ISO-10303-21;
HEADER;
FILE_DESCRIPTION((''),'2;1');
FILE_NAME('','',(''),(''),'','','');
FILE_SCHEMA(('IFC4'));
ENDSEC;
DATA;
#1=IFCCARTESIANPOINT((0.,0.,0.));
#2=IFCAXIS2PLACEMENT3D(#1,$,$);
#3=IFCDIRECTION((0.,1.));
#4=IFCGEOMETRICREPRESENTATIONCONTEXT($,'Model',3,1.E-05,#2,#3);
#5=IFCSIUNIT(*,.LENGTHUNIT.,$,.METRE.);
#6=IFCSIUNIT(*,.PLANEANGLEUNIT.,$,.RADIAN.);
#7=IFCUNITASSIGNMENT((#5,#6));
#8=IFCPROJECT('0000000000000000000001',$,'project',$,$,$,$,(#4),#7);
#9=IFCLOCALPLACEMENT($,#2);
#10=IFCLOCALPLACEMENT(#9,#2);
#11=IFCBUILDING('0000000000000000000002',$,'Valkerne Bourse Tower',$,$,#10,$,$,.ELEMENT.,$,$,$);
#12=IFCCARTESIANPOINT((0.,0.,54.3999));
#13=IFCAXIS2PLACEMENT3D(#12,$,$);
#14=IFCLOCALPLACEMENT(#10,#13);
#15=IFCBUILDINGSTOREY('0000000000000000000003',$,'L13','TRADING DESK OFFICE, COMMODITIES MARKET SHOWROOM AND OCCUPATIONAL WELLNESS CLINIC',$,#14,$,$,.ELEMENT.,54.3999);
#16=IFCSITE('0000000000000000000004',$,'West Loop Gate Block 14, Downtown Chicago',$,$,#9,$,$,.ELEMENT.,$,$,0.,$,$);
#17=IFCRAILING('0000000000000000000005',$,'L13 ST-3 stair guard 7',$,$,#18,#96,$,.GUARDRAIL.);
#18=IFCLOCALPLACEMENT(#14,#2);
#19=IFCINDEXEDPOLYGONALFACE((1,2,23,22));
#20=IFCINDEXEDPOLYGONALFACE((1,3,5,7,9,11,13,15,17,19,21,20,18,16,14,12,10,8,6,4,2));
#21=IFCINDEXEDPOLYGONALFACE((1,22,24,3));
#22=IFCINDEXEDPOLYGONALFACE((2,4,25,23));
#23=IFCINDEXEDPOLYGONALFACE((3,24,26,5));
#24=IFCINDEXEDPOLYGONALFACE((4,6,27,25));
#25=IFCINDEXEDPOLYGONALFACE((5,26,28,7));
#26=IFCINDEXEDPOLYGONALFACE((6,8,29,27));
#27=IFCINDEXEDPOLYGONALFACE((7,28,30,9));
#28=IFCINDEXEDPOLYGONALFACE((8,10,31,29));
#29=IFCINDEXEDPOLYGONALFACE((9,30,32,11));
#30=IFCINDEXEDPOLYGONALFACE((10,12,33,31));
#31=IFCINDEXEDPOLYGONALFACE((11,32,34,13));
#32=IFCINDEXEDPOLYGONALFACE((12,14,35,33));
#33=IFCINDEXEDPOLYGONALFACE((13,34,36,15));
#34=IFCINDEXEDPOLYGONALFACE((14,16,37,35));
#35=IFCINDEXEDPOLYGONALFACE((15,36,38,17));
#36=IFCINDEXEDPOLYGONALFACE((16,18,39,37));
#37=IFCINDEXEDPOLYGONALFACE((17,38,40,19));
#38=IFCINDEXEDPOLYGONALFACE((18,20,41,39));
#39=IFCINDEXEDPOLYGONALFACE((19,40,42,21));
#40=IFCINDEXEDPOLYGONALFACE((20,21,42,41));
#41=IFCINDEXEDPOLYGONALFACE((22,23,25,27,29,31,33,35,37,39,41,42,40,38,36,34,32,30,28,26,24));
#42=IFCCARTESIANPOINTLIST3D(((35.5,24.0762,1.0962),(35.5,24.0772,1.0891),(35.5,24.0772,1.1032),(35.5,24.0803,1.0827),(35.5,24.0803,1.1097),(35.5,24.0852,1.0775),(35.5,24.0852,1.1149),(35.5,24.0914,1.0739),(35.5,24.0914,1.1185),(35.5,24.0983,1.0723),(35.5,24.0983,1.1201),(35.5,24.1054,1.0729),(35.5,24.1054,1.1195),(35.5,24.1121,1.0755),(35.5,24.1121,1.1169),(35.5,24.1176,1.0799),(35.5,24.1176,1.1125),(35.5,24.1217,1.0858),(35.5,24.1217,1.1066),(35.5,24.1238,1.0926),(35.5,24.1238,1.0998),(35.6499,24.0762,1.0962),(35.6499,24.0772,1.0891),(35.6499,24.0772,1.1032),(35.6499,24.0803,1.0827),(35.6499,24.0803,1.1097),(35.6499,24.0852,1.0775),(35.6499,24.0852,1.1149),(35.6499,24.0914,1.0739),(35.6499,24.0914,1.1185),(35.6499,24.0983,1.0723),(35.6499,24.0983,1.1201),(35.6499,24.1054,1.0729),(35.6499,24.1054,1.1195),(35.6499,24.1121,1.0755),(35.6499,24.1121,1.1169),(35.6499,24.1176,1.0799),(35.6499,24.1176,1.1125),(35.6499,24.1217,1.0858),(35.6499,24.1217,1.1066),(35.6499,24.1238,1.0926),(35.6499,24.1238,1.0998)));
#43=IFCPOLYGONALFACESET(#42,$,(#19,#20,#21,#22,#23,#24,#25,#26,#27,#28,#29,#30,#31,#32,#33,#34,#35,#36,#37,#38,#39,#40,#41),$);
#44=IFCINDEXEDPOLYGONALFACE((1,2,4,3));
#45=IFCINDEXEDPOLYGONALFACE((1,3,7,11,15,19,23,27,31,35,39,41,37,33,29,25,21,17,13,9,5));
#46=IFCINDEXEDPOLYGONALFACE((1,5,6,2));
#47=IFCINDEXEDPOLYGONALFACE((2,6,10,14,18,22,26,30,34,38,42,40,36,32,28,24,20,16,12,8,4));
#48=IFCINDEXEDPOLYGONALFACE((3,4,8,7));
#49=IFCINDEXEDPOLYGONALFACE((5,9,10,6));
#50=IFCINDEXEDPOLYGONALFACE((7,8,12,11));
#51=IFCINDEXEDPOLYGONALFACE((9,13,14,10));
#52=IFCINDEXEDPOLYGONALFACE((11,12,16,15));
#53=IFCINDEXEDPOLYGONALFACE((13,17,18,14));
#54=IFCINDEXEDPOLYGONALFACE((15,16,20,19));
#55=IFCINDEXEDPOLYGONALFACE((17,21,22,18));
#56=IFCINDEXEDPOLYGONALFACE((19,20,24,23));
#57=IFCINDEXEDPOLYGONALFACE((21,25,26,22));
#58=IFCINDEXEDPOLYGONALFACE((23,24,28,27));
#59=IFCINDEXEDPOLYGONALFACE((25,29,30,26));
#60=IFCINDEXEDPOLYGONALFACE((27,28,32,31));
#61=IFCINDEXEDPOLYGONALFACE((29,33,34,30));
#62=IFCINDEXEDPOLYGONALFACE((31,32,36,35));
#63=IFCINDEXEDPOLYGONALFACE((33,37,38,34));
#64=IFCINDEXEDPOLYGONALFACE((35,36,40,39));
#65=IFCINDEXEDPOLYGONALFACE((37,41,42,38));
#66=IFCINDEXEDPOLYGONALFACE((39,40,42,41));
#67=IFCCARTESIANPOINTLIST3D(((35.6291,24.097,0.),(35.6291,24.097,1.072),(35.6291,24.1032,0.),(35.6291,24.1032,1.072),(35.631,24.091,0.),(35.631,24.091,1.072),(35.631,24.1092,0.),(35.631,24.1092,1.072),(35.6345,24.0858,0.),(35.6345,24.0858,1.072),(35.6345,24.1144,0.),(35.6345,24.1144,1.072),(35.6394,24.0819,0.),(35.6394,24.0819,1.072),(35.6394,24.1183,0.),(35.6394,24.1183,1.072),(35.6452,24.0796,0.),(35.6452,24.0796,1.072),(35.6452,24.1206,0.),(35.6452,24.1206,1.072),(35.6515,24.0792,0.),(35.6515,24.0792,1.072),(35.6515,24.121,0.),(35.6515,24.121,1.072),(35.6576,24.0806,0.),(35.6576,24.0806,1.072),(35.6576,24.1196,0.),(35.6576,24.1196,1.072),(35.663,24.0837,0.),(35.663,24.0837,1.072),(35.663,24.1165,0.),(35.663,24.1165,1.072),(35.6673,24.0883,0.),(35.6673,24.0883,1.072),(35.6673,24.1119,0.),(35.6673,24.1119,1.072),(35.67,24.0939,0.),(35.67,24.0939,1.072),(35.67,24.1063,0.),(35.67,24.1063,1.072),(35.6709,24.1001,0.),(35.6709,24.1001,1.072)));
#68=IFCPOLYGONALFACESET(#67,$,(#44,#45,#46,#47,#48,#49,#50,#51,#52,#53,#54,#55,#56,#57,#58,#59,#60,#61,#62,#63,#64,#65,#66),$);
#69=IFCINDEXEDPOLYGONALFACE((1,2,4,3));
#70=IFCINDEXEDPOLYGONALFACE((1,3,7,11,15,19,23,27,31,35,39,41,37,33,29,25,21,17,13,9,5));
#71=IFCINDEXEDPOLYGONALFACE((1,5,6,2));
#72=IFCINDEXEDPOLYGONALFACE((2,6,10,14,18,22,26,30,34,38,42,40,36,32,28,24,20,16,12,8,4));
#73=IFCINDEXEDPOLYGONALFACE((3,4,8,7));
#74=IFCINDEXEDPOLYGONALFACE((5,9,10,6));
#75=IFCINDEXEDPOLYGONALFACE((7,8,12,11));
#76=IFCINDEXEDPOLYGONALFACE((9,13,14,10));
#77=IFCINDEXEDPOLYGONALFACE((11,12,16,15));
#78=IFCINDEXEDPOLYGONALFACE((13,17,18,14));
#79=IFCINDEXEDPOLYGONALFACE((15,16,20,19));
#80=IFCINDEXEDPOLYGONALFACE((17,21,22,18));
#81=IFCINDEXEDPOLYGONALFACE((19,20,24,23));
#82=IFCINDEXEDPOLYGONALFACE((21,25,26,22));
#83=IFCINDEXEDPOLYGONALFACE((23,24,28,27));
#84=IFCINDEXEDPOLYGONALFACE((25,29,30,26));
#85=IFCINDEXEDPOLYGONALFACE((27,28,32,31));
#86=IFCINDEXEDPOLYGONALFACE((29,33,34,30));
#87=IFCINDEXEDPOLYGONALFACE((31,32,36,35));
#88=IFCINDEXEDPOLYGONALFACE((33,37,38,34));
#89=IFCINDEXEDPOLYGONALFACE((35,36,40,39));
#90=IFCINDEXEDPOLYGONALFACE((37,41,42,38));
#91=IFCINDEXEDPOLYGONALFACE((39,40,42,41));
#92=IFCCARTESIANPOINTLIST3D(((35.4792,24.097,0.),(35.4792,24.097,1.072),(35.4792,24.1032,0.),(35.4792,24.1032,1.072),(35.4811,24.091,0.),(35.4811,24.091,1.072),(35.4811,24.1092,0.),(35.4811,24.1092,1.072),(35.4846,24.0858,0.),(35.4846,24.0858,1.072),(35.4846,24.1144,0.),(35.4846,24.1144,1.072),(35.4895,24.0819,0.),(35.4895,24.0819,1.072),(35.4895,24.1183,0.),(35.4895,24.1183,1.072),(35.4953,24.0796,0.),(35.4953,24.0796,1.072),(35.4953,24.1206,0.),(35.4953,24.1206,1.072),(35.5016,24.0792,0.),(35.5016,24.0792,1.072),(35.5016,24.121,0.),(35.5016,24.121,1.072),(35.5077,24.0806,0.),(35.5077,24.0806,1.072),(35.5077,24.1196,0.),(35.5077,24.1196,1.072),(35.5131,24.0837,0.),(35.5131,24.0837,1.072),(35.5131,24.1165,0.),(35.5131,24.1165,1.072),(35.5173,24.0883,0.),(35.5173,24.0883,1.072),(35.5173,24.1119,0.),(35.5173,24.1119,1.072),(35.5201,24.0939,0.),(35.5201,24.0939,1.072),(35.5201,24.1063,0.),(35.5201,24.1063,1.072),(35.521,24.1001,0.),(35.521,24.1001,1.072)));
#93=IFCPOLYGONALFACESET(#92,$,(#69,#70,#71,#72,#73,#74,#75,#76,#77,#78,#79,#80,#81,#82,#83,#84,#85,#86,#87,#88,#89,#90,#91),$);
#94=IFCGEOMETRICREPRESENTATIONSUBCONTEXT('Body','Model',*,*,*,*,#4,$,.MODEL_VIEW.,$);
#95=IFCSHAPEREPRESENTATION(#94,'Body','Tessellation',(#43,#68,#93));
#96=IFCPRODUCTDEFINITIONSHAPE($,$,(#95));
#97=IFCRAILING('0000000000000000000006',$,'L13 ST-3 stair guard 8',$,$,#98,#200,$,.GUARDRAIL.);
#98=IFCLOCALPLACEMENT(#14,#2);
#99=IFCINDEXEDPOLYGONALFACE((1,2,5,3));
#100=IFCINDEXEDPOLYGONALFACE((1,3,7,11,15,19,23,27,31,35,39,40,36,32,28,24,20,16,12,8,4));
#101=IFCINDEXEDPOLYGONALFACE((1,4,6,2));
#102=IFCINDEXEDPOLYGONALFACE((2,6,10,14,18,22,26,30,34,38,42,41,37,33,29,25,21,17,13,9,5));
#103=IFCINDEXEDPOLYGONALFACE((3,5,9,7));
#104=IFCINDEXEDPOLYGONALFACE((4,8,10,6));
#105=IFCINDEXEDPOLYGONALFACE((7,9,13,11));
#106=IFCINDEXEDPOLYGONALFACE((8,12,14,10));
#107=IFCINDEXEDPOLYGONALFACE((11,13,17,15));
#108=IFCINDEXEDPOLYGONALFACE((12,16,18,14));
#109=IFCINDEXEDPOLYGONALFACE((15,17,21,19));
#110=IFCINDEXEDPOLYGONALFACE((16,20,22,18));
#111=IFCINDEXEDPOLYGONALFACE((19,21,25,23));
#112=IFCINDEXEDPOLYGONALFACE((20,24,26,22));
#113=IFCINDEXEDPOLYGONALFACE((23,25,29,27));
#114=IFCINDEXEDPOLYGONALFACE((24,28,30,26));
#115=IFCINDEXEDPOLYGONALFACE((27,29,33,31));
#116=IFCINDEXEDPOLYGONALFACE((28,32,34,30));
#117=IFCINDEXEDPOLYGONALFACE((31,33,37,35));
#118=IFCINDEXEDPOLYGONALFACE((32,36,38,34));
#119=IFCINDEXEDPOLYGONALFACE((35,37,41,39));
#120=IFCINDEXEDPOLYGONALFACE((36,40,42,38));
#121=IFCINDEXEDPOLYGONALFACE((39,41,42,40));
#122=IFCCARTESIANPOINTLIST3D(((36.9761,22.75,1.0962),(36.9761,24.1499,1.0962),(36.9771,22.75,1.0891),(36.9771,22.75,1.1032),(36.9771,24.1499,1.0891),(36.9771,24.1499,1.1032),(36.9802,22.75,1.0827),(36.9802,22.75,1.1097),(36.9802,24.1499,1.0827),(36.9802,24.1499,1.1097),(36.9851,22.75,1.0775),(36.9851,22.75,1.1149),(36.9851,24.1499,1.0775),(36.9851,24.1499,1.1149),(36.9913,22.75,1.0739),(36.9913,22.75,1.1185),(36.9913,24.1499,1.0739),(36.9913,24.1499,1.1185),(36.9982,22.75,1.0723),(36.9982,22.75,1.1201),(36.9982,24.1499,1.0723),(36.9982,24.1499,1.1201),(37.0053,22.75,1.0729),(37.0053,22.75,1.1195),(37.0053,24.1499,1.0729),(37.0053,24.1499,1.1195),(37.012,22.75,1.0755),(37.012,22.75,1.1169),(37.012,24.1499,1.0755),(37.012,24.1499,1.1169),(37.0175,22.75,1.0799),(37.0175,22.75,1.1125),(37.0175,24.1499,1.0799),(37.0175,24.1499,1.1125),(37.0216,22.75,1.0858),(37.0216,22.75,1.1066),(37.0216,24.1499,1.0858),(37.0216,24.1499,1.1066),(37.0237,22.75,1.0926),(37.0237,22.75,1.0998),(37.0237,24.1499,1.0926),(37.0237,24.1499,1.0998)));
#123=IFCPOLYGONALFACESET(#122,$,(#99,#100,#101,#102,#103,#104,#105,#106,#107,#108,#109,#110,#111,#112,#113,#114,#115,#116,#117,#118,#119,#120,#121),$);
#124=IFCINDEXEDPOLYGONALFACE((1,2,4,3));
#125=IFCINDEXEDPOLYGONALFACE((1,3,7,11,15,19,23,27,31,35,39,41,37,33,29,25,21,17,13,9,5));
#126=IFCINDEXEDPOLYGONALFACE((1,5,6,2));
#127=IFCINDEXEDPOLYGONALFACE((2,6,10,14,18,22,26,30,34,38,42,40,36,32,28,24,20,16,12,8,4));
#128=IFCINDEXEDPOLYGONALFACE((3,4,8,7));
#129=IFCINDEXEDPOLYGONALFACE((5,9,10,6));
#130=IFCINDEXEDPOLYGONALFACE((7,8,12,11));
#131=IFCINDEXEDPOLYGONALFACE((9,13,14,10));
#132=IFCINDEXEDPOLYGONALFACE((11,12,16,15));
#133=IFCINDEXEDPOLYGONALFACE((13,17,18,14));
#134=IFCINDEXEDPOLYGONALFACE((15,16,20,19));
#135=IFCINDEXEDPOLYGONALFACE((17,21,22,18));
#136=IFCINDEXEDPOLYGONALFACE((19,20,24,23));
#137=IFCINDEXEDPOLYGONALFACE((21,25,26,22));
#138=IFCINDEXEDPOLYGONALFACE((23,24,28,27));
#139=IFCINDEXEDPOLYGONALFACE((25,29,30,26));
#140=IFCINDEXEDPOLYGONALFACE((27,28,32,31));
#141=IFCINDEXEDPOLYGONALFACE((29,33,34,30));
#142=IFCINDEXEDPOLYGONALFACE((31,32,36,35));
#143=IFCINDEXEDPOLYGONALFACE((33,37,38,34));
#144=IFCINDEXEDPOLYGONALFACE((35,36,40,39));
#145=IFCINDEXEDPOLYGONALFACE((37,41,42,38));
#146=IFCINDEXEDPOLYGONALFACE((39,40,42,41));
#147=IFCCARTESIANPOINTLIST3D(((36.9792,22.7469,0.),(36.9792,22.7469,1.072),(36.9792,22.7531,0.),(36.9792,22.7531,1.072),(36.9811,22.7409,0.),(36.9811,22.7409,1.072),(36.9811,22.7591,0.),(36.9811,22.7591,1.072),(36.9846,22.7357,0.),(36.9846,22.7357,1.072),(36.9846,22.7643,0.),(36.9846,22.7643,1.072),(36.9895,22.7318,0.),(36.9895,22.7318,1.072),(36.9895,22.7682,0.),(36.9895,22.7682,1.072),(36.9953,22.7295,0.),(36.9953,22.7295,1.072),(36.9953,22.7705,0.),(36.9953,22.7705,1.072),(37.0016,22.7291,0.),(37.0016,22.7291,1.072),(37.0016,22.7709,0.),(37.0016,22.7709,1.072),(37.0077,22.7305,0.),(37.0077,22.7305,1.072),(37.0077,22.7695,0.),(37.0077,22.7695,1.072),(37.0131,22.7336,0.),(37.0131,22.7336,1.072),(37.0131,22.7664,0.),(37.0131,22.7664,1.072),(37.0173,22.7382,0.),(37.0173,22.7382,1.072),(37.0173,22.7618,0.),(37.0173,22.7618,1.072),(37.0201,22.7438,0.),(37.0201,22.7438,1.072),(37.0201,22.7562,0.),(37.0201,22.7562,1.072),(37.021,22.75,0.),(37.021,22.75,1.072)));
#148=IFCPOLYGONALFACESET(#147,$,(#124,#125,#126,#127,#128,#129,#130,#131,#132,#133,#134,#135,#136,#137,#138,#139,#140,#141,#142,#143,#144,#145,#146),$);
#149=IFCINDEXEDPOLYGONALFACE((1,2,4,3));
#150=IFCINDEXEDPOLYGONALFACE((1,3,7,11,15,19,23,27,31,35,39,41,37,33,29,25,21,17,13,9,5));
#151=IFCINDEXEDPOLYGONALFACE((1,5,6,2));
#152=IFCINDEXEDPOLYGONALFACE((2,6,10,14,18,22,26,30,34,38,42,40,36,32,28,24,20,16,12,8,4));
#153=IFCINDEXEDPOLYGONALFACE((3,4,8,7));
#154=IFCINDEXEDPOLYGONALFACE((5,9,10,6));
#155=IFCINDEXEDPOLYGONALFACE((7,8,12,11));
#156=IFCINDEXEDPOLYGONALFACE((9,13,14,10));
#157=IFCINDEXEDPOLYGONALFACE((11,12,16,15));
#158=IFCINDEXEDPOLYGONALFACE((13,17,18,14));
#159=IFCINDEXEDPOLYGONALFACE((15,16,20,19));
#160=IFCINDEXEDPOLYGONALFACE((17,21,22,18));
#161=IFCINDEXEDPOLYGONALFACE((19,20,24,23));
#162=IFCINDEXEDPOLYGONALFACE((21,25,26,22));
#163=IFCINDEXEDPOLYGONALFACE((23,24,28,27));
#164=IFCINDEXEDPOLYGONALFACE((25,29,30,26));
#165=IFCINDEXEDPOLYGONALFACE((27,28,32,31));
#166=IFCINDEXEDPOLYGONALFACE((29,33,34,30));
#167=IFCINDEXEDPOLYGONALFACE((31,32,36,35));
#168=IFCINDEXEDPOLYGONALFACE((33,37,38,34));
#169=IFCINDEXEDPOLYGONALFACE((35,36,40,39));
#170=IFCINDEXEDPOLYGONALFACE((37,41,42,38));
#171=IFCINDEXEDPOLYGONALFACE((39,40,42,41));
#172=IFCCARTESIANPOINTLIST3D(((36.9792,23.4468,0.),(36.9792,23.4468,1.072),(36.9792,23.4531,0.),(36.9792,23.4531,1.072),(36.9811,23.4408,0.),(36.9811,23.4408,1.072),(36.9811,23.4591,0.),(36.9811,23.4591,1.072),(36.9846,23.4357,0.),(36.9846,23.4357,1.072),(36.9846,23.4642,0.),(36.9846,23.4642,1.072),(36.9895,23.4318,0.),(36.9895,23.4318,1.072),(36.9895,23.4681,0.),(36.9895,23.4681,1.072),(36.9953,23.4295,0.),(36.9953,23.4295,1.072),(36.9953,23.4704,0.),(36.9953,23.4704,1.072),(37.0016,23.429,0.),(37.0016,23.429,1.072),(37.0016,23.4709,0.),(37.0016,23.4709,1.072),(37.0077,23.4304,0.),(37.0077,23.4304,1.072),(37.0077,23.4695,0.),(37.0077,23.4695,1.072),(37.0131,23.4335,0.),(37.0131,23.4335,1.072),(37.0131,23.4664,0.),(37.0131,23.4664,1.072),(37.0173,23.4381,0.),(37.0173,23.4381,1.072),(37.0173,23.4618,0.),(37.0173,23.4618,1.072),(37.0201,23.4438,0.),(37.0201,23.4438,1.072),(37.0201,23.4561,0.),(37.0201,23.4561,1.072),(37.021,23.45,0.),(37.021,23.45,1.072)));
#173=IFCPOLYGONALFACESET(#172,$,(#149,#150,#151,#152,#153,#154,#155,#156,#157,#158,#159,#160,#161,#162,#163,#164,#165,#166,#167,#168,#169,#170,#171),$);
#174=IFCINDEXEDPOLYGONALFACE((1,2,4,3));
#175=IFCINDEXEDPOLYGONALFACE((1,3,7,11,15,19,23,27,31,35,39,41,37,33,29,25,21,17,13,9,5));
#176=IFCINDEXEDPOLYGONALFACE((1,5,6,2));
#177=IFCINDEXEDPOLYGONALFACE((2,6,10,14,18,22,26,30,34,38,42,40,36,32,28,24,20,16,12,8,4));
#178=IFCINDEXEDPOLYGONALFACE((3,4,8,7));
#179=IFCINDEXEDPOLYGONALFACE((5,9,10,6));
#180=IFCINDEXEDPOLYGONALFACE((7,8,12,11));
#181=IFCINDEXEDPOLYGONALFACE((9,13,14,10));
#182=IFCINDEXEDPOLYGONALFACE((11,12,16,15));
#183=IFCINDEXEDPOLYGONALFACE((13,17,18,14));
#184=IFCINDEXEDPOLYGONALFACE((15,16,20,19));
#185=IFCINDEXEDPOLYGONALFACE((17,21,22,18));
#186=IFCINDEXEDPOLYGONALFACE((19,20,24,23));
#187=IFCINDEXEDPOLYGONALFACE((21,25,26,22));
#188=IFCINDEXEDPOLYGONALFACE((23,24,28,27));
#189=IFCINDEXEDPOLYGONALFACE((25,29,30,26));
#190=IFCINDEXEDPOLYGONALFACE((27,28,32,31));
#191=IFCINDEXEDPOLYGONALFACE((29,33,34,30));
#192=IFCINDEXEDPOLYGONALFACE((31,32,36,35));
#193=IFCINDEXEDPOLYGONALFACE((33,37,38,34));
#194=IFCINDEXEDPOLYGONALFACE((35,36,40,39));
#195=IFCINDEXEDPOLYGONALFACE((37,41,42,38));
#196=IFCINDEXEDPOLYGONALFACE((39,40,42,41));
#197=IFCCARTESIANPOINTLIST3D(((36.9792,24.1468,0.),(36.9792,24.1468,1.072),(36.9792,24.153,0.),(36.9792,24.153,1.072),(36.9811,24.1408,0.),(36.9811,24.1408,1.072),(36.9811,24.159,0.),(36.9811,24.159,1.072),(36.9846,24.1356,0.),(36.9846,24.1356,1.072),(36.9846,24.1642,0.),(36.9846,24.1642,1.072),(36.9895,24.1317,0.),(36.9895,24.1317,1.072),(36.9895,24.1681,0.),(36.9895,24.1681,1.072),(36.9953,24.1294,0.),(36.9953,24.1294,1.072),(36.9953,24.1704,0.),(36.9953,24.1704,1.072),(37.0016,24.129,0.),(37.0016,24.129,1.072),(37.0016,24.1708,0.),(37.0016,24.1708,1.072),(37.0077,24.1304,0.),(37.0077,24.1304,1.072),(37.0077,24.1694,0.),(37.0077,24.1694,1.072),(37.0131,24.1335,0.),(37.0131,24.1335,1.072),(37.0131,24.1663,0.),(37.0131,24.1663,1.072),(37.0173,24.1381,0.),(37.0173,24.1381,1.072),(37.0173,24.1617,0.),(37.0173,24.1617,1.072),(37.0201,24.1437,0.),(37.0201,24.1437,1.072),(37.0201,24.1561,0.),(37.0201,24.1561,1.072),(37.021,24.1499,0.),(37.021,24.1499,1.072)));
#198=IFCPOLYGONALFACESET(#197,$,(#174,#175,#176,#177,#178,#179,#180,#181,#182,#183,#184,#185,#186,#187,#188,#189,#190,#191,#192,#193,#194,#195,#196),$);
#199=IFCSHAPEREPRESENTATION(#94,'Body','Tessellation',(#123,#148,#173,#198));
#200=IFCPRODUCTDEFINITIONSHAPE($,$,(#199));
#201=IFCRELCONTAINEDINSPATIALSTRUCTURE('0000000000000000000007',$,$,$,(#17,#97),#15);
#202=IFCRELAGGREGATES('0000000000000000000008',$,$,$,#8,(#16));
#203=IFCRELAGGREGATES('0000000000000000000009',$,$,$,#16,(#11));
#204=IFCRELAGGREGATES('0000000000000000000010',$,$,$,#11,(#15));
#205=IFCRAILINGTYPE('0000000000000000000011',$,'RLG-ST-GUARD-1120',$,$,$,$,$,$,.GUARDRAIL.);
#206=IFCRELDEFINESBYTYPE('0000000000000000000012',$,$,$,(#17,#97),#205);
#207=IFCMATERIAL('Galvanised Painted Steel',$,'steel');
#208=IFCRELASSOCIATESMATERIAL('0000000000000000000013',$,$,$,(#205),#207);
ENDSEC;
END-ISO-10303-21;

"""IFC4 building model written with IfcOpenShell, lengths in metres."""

from ifc_helpers import new_model, si_unit, direction, frame, origin, origin_2d, place, context, subcontext, project, spatial, circle, extrude, material, type_object, element, save


model = new_model("IFC4")

# Units and contexts
model_context = context("Model", 3, precision=1e-05, world=origin(), true_north=direction((0.0, 1.0)))
body_context = subcontext(model_context, "Body", "Model", "MODEL_VIEW")
ifc_project = project(units=[si_unit("LENGTHUNIT", "METRE"), si_unit("PLANEANGLEUNIT", "RADIAN")], contexts=[model_context])

# Site, building, storey
site_placement = place(None, origin())
site = spatial("IfcSite", under=ifc_project, at=site_placement, Name="West Loop Gate Block 14, Downtown Chicago", CompositionType="ELEMENT", RefElevation=0.0)
building_placement = place(site_placement, origin())
building = spatial("IfcBuilding", under=site, at=building_placement, Name="Valkerne Bourse Tower", CompositionType="ELEMENT")
storey_placement = place(building_placement, frame((0.0, 0.0, 54.3999)))
storey = spatial("IfcBuildingStorey", under=building, at=storey_placement, Name="L13", Description="TRADING DESK OFFICE, COMMODITIES MARKET SHOWROOM AND OCCUPATIONAL WELLNESS CLINIC", CompositionType="ELEMENT", Elevation=54.3999)

# Shared definitions
ifc_material_1 = material(Name="Galvanised Painted Steel", Category="steel")

# Railings
railing_type_1 = type_object("IfcRailingType", Name="RLG-ST-GUARD-1120", PredefinedType="GUARDRAIL", material=ifc_material_1)
railing_1_placement = place(storey_placement, frame((35.6499, 24.1001, 0.0)))
element("IfcRailing", 1, at=railing_1_placement, inside=storey, type_object=railing_type_1, Name="L13 ST-3 stair guard 7", PredefinedType="GUARDRAIL", context=body_context, shape_type="SweptSolid", body=[
    extrude(circle(Radius=0.0239, at=origin_2d()), frame((0.0, 0.0, 1.0962), z_axis=(-1.0, 0.0, 0.0), x_axis=(0.0, -1.0, 0.0)), (0.0, 0.0, 1.0), 0.1499),
    extrude(circle(Radius=0.021, at=origin_2d()), origin(), (0.0, 0.0, 1.0), 1.072),
    extrude(circle(Radius=0.021, at=origin_2d()), frame((-0.1499, 0.0, 0.0)), (0.0, 0.0, 1.0), 1.072),
])
for number, where, name in (
    (2, (37.0, 22.75, 0.0), "L13 ST-3 stair guard 8"),
):
    element("IfcRailing", number, at=place(storey_placement, frame(where)), inside=storey, type_object=railing_type_1, Name=name, PredefinedType="GUARDRAIL", context=body_context, shape_type="SweptSolid", body=[
        extrude(circle(Radius=0.0239, at=origin_2d()), frame((0.0, 0.0, 1.0962), z_axis=(0.0, 1.0, 0.0), x_axis=(-1.0, 0.0, 0.0)), (0.0, 0.0, 1.0), 1.3999),
        extrude(circle(Radius=0.021, at=origin_2d()), origin(), (0.0, 0.0, 1.0), 1.072),
        extrude(circle(Radius=0.021, at=origin_2d()), frame((0.0, 0.7, 0.0)), (0.0, 0.0, 1.0), 1.072),
        extrude(circle(Radius=0.021, at=origin_2d()), frame((0.0, 1.3999, 0.0)), (0.0, 0.0, 1.0), 1.072),
    ])

save(model, "model.ifc")
